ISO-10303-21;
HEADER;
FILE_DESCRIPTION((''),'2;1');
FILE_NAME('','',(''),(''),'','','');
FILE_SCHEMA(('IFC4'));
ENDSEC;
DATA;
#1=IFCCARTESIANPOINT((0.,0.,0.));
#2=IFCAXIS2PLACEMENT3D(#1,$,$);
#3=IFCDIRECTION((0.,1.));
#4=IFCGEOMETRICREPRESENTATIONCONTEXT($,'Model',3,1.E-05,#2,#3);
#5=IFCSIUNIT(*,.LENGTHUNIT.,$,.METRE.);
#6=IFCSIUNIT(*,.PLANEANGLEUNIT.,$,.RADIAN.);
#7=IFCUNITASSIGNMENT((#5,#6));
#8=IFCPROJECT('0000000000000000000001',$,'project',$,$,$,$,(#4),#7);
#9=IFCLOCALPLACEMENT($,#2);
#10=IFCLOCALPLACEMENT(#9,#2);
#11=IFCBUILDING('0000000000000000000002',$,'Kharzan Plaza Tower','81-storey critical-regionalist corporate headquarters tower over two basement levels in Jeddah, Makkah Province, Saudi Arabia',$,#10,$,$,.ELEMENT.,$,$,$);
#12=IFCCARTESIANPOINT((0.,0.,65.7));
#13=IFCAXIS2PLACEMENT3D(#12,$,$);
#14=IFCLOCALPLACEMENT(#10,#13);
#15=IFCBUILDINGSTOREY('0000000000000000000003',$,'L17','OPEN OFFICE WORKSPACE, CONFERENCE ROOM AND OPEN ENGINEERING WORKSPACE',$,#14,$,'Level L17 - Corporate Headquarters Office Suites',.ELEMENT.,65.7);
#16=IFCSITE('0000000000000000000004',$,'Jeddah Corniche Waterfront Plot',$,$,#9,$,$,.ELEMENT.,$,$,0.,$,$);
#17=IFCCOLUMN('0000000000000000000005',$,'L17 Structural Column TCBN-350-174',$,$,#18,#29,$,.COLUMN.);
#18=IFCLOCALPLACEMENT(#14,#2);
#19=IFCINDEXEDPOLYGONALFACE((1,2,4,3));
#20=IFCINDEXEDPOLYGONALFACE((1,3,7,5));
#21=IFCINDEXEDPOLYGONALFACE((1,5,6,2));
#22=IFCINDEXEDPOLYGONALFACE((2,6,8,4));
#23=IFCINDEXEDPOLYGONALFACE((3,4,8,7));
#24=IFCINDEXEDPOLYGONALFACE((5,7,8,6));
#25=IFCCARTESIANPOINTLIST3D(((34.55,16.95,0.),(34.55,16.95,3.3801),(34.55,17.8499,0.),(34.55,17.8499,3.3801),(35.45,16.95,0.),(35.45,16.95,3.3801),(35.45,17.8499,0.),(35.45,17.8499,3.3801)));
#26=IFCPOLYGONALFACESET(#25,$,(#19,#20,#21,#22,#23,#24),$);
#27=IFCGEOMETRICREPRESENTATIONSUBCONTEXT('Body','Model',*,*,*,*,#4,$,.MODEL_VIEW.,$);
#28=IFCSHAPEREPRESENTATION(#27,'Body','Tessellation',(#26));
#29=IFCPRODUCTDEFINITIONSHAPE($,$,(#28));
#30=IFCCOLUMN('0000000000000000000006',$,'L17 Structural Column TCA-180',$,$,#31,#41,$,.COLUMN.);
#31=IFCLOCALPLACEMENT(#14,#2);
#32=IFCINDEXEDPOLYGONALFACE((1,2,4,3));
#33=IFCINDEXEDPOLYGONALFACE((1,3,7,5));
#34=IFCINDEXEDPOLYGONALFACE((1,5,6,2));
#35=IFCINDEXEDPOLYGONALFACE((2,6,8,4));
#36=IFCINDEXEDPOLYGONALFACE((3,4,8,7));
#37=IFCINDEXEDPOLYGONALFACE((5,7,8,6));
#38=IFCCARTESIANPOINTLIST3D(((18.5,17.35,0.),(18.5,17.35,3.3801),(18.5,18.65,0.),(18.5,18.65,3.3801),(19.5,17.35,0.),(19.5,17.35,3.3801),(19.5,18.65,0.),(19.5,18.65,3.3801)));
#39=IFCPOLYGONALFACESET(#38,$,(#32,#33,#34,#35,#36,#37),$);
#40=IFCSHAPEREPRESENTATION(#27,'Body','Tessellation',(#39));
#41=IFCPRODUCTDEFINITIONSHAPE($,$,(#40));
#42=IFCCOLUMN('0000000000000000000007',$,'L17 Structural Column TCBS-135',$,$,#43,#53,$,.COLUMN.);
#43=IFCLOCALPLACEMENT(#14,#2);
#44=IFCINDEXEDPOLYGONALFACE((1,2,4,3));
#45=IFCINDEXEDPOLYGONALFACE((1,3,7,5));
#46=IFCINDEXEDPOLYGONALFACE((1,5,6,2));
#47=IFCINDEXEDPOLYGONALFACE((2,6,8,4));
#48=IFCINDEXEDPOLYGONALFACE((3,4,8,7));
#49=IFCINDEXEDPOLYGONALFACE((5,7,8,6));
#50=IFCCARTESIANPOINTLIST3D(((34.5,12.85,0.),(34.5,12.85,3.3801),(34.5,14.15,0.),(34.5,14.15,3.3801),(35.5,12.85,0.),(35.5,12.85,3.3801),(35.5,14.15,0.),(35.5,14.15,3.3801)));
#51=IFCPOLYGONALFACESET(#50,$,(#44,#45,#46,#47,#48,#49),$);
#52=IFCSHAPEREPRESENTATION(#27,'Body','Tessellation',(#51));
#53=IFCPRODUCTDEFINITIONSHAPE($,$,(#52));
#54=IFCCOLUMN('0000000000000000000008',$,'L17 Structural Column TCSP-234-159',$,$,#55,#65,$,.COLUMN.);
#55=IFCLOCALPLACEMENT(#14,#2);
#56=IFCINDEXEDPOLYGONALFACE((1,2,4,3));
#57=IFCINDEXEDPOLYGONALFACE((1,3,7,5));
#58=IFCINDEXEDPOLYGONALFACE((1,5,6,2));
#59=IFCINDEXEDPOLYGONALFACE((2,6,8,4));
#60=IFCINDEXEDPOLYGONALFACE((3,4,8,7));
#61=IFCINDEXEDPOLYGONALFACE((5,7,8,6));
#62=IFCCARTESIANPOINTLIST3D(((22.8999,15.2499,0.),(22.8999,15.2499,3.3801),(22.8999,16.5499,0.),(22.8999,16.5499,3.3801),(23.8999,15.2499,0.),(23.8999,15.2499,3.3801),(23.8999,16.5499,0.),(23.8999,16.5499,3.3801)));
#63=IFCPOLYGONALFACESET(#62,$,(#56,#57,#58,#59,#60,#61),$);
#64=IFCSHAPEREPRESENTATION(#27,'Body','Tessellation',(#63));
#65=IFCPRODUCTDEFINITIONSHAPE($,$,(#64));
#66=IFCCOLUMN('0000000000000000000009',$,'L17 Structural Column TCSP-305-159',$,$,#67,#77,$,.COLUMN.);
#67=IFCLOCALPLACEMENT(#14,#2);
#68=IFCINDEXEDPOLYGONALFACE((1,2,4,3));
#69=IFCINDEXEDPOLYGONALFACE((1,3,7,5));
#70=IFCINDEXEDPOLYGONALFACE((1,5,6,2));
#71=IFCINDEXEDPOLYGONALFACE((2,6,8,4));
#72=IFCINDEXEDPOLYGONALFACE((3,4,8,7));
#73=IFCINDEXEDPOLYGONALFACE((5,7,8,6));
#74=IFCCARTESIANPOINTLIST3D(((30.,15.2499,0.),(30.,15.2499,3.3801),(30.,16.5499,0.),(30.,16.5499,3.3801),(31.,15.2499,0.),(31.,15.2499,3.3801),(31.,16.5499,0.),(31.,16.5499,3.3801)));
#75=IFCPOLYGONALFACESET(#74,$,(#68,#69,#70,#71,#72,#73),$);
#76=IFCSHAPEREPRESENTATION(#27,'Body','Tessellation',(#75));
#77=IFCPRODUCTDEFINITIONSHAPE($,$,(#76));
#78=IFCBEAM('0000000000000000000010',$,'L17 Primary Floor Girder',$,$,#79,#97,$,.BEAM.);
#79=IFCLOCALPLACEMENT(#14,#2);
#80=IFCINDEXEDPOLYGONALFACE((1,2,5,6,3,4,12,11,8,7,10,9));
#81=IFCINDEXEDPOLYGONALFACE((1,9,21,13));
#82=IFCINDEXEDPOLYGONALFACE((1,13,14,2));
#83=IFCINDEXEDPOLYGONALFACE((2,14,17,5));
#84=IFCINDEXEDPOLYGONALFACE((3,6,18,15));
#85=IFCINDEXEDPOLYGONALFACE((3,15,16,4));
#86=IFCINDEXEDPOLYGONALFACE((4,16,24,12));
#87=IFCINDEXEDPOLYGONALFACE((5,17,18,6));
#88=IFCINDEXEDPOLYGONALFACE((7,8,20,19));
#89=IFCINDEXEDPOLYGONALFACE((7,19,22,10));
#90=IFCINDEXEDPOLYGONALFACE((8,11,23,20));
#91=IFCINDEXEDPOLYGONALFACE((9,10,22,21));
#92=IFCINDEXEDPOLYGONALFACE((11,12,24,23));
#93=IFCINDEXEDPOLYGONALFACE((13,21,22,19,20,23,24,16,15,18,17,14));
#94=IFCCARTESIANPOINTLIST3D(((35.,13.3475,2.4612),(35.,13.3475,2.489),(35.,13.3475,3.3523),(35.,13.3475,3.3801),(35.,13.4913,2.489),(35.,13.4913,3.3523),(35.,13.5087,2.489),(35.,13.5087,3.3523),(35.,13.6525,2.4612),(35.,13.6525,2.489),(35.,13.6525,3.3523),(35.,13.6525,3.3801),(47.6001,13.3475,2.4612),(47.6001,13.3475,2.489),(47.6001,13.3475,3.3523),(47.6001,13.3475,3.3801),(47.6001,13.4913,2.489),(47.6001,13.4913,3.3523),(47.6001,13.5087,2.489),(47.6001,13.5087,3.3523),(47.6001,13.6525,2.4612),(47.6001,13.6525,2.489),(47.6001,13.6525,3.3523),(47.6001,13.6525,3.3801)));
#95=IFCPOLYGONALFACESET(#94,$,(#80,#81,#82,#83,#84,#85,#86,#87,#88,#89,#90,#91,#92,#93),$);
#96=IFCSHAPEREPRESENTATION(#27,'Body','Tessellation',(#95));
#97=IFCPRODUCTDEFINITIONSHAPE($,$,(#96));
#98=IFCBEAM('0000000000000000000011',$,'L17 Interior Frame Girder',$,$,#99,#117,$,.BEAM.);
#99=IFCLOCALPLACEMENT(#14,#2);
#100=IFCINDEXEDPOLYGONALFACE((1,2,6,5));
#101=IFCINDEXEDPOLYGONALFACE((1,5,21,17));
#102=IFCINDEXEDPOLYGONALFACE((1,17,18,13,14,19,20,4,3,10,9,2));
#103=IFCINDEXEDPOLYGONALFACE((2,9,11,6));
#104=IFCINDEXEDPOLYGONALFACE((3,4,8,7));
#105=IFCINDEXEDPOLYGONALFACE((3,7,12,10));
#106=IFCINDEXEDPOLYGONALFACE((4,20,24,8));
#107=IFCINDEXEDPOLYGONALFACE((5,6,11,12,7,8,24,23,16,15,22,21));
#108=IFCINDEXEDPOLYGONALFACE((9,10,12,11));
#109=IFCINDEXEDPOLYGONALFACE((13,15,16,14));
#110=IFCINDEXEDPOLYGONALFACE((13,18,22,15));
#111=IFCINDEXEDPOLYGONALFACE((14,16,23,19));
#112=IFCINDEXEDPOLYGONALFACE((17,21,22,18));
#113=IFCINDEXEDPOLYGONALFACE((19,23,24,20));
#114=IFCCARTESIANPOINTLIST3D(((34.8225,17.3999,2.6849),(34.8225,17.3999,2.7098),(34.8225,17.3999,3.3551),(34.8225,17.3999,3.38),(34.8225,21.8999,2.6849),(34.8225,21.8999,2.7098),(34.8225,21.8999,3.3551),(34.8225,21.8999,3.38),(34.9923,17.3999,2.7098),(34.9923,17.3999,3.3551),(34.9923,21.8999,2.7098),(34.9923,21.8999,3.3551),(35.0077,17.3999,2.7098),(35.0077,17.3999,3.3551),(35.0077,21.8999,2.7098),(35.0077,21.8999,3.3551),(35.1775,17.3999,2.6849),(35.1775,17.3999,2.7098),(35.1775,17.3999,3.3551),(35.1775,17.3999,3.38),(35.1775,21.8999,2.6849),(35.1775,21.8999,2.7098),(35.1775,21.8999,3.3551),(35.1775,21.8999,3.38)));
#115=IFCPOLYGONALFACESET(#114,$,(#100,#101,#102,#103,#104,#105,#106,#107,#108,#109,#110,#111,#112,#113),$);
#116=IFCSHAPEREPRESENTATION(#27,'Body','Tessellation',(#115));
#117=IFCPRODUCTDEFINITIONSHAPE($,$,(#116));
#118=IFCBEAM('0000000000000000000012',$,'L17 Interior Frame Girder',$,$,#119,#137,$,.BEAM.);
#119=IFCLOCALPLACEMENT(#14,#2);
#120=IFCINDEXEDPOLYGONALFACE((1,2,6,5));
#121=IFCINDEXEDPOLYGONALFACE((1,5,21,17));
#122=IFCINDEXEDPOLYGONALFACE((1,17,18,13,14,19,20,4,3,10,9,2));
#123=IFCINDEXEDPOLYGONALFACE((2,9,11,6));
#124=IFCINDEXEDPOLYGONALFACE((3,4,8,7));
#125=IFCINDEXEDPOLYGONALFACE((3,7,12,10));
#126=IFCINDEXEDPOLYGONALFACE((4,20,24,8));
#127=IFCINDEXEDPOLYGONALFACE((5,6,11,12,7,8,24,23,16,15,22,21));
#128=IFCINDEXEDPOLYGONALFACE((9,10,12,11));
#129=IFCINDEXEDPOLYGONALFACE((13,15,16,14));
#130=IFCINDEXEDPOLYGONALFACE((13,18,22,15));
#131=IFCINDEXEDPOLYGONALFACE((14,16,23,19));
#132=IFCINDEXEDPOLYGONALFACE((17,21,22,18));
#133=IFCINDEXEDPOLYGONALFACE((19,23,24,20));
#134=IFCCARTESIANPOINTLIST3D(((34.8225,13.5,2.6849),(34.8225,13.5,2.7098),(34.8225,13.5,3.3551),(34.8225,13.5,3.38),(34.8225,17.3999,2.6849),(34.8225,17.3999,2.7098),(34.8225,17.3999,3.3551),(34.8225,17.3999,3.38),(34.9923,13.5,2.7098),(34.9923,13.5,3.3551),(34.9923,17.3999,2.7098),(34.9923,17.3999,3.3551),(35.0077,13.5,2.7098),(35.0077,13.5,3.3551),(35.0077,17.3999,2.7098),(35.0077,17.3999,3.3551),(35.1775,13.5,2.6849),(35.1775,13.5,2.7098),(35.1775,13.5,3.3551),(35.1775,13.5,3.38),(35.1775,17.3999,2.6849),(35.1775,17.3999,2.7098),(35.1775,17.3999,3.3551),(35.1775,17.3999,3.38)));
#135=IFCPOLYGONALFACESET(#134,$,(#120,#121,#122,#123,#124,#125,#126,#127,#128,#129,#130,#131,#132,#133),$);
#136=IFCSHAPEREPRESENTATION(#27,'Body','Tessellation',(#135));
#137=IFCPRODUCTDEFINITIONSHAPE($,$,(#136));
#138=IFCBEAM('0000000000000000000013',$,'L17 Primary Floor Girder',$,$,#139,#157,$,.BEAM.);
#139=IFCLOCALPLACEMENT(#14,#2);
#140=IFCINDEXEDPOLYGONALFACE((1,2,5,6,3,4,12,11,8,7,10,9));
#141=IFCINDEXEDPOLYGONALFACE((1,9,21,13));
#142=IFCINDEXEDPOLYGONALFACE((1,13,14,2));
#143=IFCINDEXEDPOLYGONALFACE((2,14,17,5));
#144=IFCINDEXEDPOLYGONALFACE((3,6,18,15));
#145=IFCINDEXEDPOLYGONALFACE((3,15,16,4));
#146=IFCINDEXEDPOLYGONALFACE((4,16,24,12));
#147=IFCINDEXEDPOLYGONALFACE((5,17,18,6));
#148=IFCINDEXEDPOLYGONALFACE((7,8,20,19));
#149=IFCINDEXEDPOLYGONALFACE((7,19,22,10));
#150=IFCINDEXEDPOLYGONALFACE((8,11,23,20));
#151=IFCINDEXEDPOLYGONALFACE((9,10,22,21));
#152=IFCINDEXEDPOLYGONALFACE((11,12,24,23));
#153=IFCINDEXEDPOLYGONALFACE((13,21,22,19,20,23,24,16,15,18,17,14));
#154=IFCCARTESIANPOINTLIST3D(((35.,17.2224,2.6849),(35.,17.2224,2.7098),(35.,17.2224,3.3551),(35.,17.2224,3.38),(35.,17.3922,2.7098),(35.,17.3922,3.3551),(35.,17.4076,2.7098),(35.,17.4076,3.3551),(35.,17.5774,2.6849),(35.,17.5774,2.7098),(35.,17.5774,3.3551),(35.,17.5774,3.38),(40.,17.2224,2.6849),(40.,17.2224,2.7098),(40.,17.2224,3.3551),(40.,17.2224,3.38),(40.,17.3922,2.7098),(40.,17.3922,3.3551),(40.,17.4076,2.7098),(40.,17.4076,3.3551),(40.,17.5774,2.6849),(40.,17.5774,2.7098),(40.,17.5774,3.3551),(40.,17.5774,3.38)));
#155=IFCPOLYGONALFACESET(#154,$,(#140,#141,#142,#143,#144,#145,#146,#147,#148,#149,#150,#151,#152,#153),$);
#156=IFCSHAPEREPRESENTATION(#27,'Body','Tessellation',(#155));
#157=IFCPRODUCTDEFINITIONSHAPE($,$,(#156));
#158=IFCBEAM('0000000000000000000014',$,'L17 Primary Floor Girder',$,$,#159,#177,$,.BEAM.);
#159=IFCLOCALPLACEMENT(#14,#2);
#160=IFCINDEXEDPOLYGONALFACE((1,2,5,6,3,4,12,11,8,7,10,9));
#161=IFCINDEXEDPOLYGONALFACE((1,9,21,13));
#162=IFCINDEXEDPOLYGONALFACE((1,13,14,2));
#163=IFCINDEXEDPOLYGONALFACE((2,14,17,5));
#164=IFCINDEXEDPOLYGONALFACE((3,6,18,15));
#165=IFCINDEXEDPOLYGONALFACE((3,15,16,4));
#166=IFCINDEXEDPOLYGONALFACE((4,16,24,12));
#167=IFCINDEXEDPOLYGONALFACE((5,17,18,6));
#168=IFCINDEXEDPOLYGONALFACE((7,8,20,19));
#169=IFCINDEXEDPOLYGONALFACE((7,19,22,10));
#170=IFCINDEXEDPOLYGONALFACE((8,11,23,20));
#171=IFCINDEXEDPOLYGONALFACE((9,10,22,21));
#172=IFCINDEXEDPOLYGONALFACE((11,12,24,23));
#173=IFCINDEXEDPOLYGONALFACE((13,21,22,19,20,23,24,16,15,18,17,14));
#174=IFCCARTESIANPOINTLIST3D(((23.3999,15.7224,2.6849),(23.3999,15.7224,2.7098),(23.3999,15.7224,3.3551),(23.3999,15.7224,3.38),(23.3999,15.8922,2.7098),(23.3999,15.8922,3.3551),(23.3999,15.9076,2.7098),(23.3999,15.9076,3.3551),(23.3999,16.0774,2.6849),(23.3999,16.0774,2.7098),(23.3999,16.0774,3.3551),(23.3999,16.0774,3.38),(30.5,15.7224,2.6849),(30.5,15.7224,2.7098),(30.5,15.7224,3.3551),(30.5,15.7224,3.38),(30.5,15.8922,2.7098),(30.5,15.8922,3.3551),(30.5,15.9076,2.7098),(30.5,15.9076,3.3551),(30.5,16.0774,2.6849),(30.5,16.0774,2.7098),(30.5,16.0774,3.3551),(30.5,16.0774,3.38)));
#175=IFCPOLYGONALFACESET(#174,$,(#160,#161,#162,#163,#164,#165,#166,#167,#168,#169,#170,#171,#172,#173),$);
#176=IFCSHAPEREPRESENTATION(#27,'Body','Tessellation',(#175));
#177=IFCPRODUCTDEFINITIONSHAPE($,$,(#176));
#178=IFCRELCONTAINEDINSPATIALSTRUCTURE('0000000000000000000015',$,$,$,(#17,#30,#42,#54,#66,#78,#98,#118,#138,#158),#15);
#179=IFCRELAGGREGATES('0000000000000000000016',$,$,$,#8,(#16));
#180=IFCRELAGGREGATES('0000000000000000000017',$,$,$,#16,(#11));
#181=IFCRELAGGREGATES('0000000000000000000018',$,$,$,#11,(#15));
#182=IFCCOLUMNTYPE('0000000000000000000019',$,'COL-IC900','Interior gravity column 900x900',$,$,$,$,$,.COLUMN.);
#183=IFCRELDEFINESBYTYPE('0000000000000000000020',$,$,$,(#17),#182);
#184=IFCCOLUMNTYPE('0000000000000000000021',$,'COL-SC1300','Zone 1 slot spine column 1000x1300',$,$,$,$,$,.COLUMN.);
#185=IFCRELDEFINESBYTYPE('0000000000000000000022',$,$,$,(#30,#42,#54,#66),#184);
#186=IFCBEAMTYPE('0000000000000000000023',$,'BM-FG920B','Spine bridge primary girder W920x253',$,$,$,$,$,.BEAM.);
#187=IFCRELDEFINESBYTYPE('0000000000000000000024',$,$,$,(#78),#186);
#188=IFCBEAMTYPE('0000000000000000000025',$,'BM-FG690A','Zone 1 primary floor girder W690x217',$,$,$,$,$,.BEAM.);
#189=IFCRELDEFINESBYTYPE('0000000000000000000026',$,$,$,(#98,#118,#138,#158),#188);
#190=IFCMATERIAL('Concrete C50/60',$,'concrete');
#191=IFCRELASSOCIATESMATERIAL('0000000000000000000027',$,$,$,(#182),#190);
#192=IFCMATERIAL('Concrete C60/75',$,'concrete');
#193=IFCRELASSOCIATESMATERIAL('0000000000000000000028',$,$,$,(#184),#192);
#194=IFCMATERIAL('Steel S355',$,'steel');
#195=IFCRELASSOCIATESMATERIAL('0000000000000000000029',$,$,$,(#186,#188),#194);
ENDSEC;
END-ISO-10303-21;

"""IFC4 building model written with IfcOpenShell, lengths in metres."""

from ifc_helpers import new_model, si_unit, direction, frame, origin, origin_2d, place, context, subcontext, project, spatial, rectangle, i_section, extrude, source, transform, mapped, material, material_profile, profile_set, type_object, element, save


model = new_model("IFC4")

# Units and contexts
model_context = context("Model", 3, precision=1e-05, world=origin(), true_north=direction((0.0, 1.0)))
body_context = subcontext(model_context, "Body", "Model", "MODEL_VIEW")
ifc_project = project(units=[si_unit("LENGTHUNIT", "METRE"), si_unit("PLANEANGLEUNIT", "RADIAN")], contexts=[model_context])

# Site, building, storey
site_placement = place(None, origin())
site = spatial("IfcSite", under=ifc_project, at=site_placement, Name="Jeddah Corniche Waterfront Plot", CompositionType="ELEMENT", RefElevation=0.0)
building_placement = place(site_placement, origin())
building = spatial("IfcBuilding", under=site, at=building_placement, Name="Kharzan Plaza Tower", Description="81-storey critical-regionalist corporate headquarters tower over two basement levels in Jeddah, Makkah Province, Saudi Arabia", CompositionType="ELEMENT")
storey_placement = place(building_placement, frame((0.0, 0.0, 65.7)))
storey = spatial("IfcBuildingStorey", under=building, at=storey_placement, Name="L17", Description="OPEN OFFICE WORKSPACE, CONFERENCE ROOM AND OPEN ENGINEERING WORKSPACE", LongName="Level L17 - Corporate Headquarters Office Suites", CompositionType="ELEMENT", Elevation=65.7)

# Columns
ifc_material_1 = material(Name="Concrete C50/60", Category="concrete")
ifc_material_profile_1 = material_profile(ifc_material_1, rectangle(XDim=0.8999, YDim=0.8999, at=origin_2d()), Name="RC-IC900x900")
ifc_profile_set_1 = profile_set([ifc_material_profile_1], Name="Concrete C50/60")
column_type_1 = type_object("IfcColumnType", Name="COL-IC900", Description="Interior gravity column 900x900", PredefinedType="COLUMN", material=ifc_profile_set_1)
shared_shape_1 = source(origin(), body_context, "Body", "SweptSolid", [
    extrude(rectangle(XDim=0.8999, YDim=0.8999, at=origin_2d()), origin(), (0.0, 0.0, 1.0), 3.3801),
])
column_placement = place(storey_placement, frame((35.0, 17.3999, 0.0), z_axis=(0.0, 0.0, 1.0), x_axis=(1.0, 0.0, 0.0)))
element("IfcColumn", 1, at=column_placement, inside=storey, type_object=column_type_1, Name="L17 Structural Column TCBN-350-174", PredefinedType="COLUMN", context=body_context, shape_type="MappedRepresentation", body=[
    mapped(shared_shape_1, transform((0.0, 0.0, 0.0), x_axis=(1.0, 0.0, 0.0), y_axis=(0.0, 1.0, 0.0), z_axis=(0.0, 0.0, 1.0))),
])
ifc_material_2 = material(Name="Concrete C60/75", Category="concrete")
ifc_material_profile_2 = material_profile(ifc_material_2, rectangle(XDim=1.0, YDim=1.3, at=origin_2d()), Name="RC-SC1300x1000")
ifc_profile_set_2 = profile_set([ifc_material_profile_2], Name="Concrete C60/75")
column_type_2 = type_object("IfcColumnType", Name="COL-SC1300", Description="Zone 1 slot spine column 1000x1300", PredefinedType="COLUMN", material=ifc_profile_set_2)
shared_shape_2 = source(origin(), body_context, "Body", "SweptSolid", [
    extrude(rectangle(XDim=1.0, YDim=1.3, at=origin_2d()), origin(), (0.0, 0.0, 1.0), 3.3801),
])
for number, where, z_axis, x_axis, name in (
    (2, (19.0, 18.0, 0.0), (0.0, 0.0, 1.0), (1.0, 0.0, 0.0), "L17 Structural Column TCA-180"),
    (3, (35.0, 13.5, 0.0), (0.0, 0.0, 1.0), (1.0, 0.0, 0.0), "L17 Structural Column TCBS-135"),
    (4, (23.3999, 15.8999, 0.0), (0.0, 0.0, 1.0), (1.0, 0.0, 0.0), "L17 Structural Column TCSP-234-159"),
    (5, (30.5, 15.8999, 0.0), (0.0, 0.0, 1.0), (1.0, 0.0, 0.0), "L17 Structural Column TCSP-305-159"),
):
    element("IfcColumn", number, at=place(storey_placement, frame(where, z_axis=z_axis, x_axis=x_axis)), inside=storey, type_object=column_type_2, Name=name, PredefinedType="COLUMN", context=body_context, shape_type="MappedRepresentation", body=[
        mapped(shared_shape_2, transform((0.0, 0.0, 0.0), x_axis=(1.0, 0.0, 0.0), y_axis=(0.0, 1.0, 0.0), z_axis=(0.0, 0.0, 1.0))),
    ])

# Beams
ifc_material_3 = material(Name="Steel S355", Category="steel")
ifc_material_profile_3 = material_profile(ifc_material_3, i_section(OverallWidth=0.3049, OverallDepth=0.9189, WebThickness=0.0173, FlangeThickness=0.0278, at=origin_2d()), Name="W920x253")
ifc_profile_set_3 = profile_set([ifc_material_profile_3], Name="Steel S355")
beam_type_1 = type_object("IfcBeamType", Name="BM-FG920B", Description="Spine bridge primary girder W920x253", PredefinedType="BEAM", material=ifc_profile_set_3)
shared_shape_3 = source(origin(), body_context, "Body", "SweptSolid", [
    extrude(i_section(OverallWidth=0.3049, OverallDepth=0.9189, WebThickness=0.0173, FlangeThickness=0.0278, at=origin_2d()), origin(), (0.0, 0.0, 1.0), 12.6001),
])
beam_1_placement = place(storey_placement, frame((35.0, 13.5, 2.9207), z_axis=(1.0, 0.0, 0.0), x_axis=(0.0, 1.0, 0.0)))
element("IfcBeam", 6, at=beam_1_placement, inside=storey, type_object=beam_type_1, Name="L17 Primary Floor Girder", PredefinedType="BEAM", context=body_context, shape_type="MappedRepresentation", body=[
    mapped(shared_shape_3, transform((0.0, 0.0, 0.0), x_axis=(1.0, 0.0, 0.0), y_axis=(0.0, 1.0, 0.0), z_axis=(0.0, 0.0, 1.0))),
])
ifc_material_profile_4 = material_profile(ifc_material_3, i_section(OverallWidth=0.355, OverallDepth=0.6951, WebThickness=0.0154, FlangeThickness=0.0249, at=origin_2d()), Name="W690x217")
ifc_profile_set_4 = profile_set([ifc_material_profile_4], Name="Steel S355")
beam_type_2 = type_object("IfcBeamType", Name="BM-FG690A", Description="Zone 1 primary floor girder W690x217", PredefinedType="BEAM", material=ifc_profile_set_4)
shared_shape_4 = source(origin(), body_context, "Body", "SweptSolid", [
    extrude(i_section(OverallWidth=0.355, OverallDepth=0.6951, WebThickness=0.0154, FlangeThickness=0.0249, at=origin_2d()), origin(), (0.0, 0.0, 1.0), 4.5),
])
beam_2_placement = place(storey_placement, frame((35.0, 17.3999, 3.0325), z_axis=(0.0, 1.0, 0.0), x_axis=(-1.0, 0.0, 0.0)))
element("IfcBeam", 7, at=beam_2_placement, inside=storey, type_object=beam_type_2, Name="L17 Interior Frame Girder", PredefinedType="BEAM", context=body_context, shape_type="MappedRepresentation", body=[
    mapped(shared_shape_4, transform((0.0, 0.0, 0.0), x_axis=(1.0, 0.0, 0.0), y_axis=(0.0, 1.0, 0.0), z_axis=(0.0, 0.0, 1.0))),
])
shared_shape_5 = source(origin(), body_context, "Body", "SweptSolid", [
    extrude(i_section(OverallWidth=0.355, OverallDepth=0.6951, WebThickness=0.0154, FlangeThickness=0.0249, at=origin_2d()), origin(), (0.0, 0.0, 1.0), 3.8999),
])
beam_3_placement = place(storey_placement, frame((35.0, 13.5, 3.0325), z_axis=(0.0, 1.0, 0.0), x_axis=(-1.0, 0.0, 0.0)))
element("IfcBeam", 8, at=beam_3_placement, inside=storey, type_object=beam_type_2, Name="L17 Interior Frame Girder", PredefinedType="BEAM", context=body_context, shape_type="MappedRepresentation", body=[
    mapped(shared_shape_5, transform((0.0, 0.0, 0.0), x_axis=(1.0, 0.0, 0.0), y_axis=(0.0, 1.0, 0.0), z_axis=(0.0, 0.0, 1.0))),
])
shared_shape_6 = source(origin(), body_context, "Body", "SweptSolid", [
    extrude(i_section(OverallWidth=0.355, OverallDepth=0.6951, WebThickness=0.0154, FlangeThickness=0.0249, at=origin_2d()), origin(), (0.0, 0.0, 1.0), 5.0),
])
beam_4_placement = place(storey_placement, frame((35.0, 17.3999, 3.0325), z_axis=(1.0, 0.0, 0.0), x_axis=(0.0, 1.0, 0.0)))
element("IfcBeam", 9, at=beam_4_placement, inside=storey, type_object=beam_type_2, Name="L17 Primary Floor Girder", PredefinedType="BEAM", context=body_context, shape_type="MappedRepresentation", body=[
    mapped(shared_shape_6, transform((0.0, 0.0, 0.0), x_axis=(1.0, 0.0, 0.0), y_axis=(0.0, 1.0, 0.0), z_axis=(0.0, 0.0, 1.0))),
])
shared_shape_7 = source(origin(), body_context, "Body", "SweptSolid", [
    extrude(i_section(OverallWidth=0.355, OverallDepth=0.6951, WebThickness=0.0154, FlangeThickness=0.0249, at=origin_2d()), origin(), (0.0, 0.0, 1.0), 7.1001),
])
beam_5_placement = place(storey_placement, frame((23.3999, 15.8999, 3.0325), z_axis=(1.0, 0.0, 0.0), x_axis=(0.0, 1.0, 0.0)))
element("IfcBeam", 10, at=beam_5_placement, inside=storey, type_object=beam_type_2, Name="L17 Primary Floor Girder", PredefinedType="BEAM", context=body_context, shape_type="MappedRepresentation", body=[
    mapped(shared_shape_7, transform((0.0, 0.0, 0.0), x_axis=(1.0, 0.0, 0.0), y_axis=(0.0, 1.0, 0.0), z_axis=(0.0, 0.0, 1.0))),
])

save(model, "model.ifc")
